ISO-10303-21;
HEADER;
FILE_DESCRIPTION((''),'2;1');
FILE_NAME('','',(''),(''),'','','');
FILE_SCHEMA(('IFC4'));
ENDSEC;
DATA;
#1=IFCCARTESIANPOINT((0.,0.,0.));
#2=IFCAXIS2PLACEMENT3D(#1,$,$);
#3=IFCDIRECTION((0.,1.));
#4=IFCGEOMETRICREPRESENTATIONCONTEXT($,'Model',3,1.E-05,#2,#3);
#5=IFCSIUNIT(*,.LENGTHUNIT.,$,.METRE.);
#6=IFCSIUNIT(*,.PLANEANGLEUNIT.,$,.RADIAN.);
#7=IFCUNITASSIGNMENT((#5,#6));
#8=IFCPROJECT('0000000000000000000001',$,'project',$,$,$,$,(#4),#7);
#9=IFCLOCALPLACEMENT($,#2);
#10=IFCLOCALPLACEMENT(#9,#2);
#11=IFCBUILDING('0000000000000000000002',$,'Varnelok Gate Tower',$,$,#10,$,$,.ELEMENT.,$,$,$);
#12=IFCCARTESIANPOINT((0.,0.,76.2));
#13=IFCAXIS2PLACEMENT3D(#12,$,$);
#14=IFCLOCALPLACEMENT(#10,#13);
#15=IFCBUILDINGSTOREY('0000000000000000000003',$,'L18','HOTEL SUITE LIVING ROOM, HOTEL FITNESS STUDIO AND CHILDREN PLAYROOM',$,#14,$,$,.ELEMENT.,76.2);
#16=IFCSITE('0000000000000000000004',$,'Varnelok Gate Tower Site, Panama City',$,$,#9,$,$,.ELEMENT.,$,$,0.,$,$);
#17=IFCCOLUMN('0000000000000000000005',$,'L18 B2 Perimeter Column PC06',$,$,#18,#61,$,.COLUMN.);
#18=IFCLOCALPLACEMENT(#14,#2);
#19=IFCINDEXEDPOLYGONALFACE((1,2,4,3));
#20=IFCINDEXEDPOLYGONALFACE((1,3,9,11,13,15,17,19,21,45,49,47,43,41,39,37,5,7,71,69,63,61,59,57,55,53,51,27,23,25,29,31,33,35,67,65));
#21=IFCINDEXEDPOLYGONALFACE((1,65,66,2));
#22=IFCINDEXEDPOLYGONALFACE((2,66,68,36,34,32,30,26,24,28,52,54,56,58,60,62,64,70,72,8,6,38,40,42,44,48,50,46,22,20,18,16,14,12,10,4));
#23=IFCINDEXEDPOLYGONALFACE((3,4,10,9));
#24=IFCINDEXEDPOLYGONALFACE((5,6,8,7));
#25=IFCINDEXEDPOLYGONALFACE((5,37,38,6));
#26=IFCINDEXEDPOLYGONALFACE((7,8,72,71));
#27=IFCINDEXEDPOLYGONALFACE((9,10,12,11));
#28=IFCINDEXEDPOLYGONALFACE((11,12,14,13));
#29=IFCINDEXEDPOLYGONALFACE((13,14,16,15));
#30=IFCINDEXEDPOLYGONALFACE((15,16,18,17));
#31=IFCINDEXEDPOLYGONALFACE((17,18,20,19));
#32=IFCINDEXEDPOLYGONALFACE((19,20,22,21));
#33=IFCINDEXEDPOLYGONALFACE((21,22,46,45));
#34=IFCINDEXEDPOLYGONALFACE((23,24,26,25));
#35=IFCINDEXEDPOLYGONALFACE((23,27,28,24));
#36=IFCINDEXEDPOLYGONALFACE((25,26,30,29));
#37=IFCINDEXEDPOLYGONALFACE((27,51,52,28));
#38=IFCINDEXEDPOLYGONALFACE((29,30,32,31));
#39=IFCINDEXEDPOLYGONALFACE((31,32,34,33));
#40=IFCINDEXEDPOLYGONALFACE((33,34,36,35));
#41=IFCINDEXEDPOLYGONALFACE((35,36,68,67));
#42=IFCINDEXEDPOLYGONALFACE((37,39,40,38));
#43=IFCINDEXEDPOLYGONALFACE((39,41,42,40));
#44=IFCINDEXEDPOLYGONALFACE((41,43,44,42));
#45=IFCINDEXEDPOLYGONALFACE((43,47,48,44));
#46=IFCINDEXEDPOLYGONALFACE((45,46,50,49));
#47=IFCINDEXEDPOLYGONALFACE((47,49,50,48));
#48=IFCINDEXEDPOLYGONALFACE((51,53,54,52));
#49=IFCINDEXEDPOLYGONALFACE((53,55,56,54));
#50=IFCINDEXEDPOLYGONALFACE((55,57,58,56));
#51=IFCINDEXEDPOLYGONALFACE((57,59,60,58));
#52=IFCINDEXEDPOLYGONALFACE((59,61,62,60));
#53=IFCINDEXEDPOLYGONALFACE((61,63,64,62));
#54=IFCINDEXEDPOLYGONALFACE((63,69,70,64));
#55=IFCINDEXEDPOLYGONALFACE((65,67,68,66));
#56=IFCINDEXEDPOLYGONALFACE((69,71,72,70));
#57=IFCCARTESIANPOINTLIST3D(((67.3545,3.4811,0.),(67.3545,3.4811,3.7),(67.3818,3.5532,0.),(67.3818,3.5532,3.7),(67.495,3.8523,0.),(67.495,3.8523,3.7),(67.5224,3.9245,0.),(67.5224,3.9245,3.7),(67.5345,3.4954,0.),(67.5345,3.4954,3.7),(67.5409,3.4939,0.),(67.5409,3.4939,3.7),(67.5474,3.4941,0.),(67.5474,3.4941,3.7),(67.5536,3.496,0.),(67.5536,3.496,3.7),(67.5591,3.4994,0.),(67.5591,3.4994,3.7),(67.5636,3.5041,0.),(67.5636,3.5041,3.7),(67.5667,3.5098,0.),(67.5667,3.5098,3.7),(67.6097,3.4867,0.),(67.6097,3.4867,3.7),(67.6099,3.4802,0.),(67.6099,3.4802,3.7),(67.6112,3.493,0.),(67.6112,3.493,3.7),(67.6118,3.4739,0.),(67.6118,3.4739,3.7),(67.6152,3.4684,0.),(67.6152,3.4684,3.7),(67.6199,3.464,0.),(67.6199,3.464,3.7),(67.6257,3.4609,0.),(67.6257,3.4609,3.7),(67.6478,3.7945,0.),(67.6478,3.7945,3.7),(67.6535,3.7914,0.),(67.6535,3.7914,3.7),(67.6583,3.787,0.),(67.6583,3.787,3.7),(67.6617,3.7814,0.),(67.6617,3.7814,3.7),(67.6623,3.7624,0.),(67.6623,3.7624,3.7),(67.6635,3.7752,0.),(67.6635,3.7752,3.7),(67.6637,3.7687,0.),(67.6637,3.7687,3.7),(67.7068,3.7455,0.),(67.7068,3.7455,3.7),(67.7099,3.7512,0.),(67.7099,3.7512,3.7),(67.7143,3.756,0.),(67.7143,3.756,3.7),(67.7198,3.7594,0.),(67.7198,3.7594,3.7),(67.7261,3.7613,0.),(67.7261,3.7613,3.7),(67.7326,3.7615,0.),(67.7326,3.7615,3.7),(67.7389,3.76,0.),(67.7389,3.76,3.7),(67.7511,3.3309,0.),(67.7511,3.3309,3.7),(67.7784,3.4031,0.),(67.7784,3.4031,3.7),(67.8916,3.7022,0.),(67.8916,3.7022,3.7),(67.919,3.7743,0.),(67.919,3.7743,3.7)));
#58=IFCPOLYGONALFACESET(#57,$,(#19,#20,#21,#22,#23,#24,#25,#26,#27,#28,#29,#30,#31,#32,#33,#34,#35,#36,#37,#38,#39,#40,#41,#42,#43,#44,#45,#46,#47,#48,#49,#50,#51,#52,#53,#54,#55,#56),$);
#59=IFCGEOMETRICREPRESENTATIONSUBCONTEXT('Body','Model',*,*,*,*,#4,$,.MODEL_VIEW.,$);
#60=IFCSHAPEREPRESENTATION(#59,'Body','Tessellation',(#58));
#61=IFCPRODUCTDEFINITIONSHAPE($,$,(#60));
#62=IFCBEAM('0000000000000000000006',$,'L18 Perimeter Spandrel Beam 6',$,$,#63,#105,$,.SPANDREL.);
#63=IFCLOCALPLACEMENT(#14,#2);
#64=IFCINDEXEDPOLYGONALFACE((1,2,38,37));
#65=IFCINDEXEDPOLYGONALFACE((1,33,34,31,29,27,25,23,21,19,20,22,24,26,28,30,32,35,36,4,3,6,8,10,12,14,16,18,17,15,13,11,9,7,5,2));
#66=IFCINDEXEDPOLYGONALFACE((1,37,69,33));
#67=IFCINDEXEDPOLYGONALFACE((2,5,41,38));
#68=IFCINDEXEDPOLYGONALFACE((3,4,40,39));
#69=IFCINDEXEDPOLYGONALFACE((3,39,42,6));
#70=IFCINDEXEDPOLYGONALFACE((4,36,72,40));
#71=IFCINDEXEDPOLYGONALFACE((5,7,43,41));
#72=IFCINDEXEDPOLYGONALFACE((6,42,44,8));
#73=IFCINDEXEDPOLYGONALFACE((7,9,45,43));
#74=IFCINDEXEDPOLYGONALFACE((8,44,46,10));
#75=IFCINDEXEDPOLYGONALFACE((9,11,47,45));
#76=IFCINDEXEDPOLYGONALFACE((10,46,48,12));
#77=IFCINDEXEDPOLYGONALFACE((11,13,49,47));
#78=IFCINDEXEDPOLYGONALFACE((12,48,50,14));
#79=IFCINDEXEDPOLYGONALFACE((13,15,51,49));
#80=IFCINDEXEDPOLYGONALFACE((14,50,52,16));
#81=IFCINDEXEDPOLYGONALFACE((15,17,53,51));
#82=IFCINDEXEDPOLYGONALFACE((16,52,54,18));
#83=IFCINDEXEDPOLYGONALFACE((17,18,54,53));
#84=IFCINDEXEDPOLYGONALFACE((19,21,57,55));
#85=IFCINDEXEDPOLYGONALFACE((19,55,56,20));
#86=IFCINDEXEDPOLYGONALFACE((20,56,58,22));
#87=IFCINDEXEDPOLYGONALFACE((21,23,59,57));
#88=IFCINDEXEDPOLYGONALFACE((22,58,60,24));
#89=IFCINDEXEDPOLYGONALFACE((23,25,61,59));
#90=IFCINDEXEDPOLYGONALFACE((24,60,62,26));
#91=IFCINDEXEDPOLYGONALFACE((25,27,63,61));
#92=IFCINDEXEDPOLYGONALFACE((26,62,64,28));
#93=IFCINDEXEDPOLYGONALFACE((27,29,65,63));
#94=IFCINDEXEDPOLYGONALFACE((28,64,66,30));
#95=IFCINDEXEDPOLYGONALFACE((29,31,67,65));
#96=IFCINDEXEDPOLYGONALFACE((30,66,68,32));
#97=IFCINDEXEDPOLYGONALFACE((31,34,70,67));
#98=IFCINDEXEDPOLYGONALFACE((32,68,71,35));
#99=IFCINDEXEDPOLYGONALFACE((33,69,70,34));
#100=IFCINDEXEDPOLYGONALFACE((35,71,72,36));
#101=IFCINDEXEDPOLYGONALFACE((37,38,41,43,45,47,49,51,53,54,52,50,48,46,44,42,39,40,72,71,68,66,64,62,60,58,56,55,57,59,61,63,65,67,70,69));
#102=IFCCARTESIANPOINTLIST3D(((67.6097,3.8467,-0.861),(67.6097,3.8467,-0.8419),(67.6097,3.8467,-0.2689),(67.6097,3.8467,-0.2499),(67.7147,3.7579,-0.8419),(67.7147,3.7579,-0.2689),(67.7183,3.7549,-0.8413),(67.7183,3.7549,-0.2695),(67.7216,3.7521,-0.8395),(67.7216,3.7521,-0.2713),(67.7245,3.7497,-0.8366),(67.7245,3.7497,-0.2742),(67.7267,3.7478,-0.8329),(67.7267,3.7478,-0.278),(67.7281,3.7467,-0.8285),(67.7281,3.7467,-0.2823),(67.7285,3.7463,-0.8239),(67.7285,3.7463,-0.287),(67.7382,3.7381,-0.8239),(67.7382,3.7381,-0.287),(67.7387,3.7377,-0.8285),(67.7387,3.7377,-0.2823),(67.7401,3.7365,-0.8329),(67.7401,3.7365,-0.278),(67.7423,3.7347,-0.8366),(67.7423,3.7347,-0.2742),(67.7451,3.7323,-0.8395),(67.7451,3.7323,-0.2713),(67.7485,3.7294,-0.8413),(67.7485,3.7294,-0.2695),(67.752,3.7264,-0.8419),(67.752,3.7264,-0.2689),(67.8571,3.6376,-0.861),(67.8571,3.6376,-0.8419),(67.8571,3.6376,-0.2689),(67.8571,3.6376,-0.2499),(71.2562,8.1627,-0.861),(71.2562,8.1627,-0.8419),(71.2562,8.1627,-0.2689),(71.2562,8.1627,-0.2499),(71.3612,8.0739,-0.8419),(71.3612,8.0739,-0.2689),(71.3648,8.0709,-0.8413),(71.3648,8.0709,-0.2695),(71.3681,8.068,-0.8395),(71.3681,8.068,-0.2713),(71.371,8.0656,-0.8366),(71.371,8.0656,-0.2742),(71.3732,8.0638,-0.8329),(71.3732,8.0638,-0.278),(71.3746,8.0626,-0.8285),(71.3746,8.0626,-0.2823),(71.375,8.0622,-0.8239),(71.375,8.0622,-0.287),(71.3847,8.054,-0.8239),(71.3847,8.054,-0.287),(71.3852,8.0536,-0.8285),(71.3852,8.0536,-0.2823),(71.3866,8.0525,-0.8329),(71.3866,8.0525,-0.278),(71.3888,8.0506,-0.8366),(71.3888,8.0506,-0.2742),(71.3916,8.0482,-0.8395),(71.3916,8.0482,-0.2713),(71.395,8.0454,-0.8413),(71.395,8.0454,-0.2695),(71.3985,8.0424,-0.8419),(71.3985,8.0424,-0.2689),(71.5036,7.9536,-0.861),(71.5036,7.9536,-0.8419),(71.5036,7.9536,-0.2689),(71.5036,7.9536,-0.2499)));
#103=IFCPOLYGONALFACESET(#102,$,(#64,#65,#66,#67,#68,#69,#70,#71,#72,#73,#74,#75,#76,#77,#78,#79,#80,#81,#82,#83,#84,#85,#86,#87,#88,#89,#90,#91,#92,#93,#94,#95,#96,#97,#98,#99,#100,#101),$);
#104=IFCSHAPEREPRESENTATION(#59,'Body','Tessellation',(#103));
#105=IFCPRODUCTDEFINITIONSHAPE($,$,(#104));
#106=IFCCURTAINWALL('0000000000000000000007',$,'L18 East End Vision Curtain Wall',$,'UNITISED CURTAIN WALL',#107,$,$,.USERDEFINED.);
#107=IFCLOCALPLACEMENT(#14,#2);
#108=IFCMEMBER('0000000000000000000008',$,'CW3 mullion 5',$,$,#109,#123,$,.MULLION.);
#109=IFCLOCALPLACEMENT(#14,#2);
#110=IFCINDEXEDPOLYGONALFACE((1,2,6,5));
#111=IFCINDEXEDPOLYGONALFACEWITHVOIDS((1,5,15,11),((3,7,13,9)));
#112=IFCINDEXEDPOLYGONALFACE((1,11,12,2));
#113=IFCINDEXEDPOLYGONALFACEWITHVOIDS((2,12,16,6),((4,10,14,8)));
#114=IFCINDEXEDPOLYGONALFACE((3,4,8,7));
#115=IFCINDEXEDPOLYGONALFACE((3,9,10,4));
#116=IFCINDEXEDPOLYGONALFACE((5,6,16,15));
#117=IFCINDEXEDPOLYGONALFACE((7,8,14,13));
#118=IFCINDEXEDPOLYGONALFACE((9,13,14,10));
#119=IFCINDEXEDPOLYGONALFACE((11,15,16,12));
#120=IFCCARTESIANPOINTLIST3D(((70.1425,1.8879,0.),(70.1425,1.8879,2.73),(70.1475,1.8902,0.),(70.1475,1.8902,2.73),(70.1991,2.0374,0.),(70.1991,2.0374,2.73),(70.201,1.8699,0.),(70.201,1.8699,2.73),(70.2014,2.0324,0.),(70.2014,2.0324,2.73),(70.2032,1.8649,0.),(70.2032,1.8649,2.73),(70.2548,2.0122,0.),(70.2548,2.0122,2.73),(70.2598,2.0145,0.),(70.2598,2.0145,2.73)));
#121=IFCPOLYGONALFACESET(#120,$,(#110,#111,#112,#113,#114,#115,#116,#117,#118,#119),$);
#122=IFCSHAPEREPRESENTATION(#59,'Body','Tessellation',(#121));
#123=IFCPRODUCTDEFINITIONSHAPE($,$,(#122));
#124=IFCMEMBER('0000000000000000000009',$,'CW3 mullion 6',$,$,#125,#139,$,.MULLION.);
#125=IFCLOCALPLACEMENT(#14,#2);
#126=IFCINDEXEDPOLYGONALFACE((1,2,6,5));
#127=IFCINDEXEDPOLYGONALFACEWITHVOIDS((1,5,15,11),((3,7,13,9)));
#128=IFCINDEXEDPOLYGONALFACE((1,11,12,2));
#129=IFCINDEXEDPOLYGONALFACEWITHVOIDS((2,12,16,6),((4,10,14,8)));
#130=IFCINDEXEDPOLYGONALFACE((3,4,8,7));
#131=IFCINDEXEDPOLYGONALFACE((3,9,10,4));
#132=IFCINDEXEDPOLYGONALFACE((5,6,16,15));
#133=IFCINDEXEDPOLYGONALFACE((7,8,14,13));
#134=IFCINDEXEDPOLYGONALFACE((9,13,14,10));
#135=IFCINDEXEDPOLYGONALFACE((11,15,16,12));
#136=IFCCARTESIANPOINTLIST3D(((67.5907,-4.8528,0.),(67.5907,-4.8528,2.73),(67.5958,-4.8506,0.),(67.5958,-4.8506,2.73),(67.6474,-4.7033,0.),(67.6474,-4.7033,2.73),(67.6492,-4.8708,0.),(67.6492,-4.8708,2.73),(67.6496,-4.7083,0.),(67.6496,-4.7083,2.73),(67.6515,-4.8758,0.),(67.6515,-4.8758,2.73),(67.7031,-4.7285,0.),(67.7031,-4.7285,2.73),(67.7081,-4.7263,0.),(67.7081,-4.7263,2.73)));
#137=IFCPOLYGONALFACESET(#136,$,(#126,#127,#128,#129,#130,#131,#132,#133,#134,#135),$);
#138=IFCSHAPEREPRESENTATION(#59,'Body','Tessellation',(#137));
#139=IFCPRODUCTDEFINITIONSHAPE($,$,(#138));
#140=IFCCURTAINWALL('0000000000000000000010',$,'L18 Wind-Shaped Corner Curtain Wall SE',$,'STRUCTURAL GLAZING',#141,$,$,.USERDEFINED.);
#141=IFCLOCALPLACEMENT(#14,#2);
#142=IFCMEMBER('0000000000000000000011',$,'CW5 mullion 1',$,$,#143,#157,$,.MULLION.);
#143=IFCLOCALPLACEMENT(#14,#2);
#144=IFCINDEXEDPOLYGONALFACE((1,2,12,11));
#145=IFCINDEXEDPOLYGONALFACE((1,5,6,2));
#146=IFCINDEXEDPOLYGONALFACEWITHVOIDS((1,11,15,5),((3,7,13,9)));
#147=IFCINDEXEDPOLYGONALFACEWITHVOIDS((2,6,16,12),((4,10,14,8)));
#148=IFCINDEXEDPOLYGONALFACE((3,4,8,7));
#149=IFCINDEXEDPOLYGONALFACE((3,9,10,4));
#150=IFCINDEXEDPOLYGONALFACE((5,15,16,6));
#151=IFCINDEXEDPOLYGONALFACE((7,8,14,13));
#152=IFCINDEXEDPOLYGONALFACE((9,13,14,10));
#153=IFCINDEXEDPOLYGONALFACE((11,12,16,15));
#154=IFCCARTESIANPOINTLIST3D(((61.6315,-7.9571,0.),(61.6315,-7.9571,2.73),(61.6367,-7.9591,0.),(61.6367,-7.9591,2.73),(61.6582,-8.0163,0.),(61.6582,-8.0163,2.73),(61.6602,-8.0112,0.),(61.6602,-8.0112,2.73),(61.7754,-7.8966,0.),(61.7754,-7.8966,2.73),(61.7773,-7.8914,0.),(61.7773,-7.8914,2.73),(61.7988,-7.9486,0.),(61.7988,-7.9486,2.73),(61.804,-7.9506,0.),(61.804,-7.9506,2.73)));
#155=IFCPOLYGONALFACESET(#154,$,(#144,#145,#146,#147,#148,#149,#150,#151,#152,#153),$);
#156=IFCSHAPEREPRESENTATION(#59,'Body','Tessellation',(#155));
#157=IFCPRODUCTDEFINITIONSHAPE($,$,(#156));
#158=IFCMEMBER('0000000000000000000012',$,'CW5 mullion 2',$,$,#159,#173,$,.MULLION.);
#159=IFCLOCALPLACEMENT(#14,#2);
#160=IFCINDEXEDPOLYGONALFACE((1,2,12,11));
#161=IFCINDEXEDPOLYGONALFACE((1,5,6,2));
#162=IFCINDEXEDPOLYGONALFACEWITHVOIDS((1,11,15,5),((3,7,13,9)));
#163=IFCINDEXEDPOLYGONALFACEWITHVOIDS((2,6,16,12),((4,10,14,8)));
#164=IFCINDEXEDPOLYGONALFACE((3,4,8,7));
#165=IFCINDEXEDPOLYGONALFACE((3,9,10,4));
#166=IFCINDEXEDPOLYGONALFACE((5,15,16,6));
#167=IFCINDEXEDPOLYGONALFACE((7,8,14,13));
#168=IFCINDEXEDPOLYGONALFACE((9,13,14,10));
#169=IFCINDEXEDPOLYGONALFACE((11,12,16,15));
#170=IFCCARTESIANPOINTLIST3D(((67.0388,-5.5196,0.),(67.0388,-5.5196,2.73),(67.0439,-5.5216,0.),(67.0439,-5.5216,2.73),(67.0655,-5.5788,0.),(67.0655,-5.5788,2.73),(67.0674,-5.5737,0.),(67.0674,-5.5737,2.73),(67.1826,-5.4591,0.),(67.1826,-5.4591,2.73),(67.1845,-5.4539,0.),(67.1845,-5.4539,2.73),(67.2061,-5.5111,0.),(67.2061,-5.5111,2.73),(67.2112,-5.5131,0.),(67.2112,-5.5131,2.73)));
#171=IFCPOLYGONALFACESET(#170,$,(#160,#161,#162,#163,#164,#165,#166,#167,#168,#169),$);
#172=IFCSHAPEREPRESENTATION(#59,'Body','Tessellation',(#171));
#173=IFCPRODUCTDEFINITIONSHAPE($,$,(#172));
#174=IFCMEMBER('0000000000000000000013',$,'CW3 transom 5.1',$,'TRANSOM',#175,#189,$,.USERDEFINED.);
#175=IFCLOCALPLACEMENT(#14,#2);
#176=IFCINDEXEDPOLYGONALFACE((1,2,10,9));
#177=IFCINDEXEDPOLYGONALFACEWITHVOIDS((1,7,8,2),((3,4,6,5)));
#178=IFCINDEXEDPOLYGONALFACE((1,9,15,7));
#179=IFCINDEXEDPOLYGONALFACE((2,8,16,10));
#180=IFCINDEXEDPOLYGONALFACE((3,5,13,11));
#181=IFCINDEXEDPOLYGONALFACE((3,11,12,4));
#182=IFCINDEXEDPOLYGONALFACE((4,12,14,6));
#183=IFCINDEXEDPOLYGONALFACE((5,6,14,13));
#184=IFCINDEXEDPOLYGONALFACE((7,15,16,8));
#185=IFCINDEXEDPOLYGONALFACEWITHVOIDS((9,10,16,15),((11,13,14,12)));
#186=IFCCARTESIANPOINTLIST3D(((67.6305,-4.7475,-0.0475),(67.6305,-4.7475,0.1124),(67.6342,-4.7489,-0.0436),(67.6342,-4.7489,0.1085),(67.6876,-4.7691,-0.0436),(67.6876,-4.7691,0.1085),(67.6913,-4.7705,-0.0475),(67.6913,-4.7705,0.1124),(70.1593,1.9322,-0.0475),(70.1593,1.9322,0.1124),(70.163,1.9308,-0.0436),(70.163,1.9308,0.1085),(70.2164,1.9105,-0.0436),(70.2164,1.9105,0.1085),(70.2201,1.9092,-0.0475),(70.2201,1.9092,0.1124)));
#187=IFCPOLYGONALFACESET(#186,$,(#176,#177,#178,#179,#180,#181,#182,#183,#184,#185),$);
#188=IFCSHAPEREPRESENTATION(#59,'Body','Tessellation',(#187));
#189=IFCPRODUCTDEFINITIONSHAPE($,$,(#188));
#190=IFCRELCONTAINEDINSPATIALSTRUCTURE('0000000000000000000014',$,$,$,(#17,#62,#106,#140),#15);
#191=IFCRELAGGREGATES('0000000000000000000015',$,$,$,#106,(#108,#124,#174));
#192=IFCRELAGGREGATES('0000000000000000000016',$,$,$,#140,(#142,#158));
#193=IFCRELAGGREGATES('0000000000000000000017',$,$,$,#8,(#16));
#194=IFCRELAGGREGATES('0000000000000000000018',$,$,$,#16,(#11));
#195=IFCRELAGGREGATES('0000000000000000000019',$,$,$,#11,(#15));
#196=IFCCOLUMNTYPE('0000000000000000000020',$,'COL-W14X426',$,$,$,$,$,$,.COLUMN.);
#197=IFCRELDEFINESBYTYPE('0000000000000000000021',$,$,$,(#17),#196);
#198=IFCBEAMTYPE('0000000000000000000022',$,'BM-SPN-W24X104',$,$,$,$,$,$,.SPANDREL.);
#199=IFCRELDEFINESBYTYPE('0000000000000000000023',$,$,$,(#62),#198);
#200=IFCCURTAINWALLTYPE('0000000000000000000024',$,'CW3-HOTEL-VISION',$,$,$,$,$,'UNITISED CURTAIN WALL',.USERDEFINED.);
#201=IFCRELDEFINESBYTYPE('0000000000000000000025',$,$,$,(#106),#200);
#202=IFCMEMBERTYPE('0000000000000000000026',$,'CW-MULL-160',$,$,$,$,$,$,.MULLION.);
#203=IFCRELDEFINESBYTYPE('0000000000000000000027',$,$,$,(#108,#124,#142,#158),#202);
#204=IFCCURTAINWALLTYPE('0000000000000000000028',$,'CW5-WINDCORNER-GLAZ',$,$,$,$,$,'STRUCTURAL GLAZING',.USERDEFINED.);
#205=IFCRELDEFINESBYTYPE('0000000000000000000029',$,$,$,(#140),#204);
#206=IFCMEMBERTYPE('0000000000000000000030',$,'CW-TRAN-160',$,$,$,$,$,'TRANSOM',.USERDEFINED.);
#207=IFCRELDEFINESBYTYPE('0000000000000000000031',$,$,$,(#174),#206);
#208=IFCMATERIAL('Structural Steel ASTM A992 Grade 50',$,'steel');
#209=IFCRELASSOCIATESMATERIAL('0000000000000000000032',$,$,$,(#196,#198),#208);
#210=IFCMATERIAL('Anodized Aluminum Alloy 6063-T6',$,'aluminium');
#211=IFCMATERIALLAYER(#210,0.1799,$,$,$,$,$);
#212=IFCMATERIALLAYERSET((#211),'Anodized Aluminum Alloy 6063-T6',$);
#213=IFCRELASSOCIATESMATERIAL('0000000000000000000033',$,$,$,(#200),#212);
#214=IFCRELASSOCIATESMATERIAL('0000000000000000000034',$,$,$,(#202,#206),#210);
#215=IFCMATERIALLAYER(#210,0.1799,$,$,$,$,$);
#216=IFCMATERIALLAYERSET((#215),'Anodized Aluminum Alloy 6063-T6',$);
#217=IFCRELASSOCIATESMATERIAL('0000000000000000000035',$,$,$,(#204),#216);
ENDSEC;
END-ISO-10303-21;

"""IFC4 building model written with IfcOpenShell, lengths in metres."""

from ifc_helpers import new_model, si_unit, direction, frame, origin, origin_2d, place, context, subcontext, project, spatial, hollow_rectangle, i_section, extrude, material, layer, layer_set, material_profile, profile_set, type_object, element, aggregate, save


model = new_model("IFC4")

# Units and contexts
model_context = context("Model", 3, precision=1e-05, world=origin(), true_north=direction((0.0, 1.0)))
body_context = subcontext(model_context, "Body", "Model", "MODEL_VIEW")
ifc_project = project(units=[si_unit("LENGTHUNIT", "METRE"), si_unit("PLANEANGLEUNIT", "RADIAN")], contexts=[model_context])

# Site, building, storey
site_placement = place(None, origin())
site = spatial("IfcSite", under=ifc_project, at=site_placement, Name="Varnelok Gate Tower Site, Panama City", CompositionType="ELEMENT", RefElevation=0.0)
building_placement = place(site_placement, origin())
building = spatial("IfcBuilding", under=site, at=building_placement, Name="Varnelok Gate Tower", CompositionType="ELEMENT")
storey_placement = place(building_placement, frame((0.0, 0.0, 76.2)))
storey = spatial("IfcBuildingStorey", under=building, at=storey_placement, Name="L18", Description="HOTEL SUITE LIVING ROOM, HOTEL FITNESS STUDIO AND CHILDREN PLAYROOM", CompositionType="ELEMENT", Elevation=76.2)

# Column
ifc_material_1 = material(Name="Structural Steel ASTM A992 Grade 50", Category="steel")
ifc_material_profile_1 = material_profile(ifc_material_1, i_section(OverallWidth=0.4241, OverallDepth=0.4741, WebThickness=0.0476, FlangeThickness=0.0771, FilletRadius=0.0249, at=origin_2d()), Name="W14X426")
ifc_profile_set_1 = profile_set([ifc_material_profile_1], Name="Structural Steel ASTM A992 Grade 50")
column_type = type_object("IfcColumnType", Name="COL-W14X426", PredefinedType="COLUMN", material=ifc_profile_set_1)
column_placement = place(storey_placement, frame((67.6367, 3.6277, 0.0), z_axis=(0.0, 0.0, 1.0), x_axis=(0.935222, -0.354063, 0.0)))
element("IfcColumn", 1, at=column_placement, inside=storey, type_object=column_type, Name="L18 B2 Perimeter Column PC06", PredefinedType="COLUMN", context=body_context, shape_type="SweptSolid", body=[
    extrude(i_section(OverallWidth=0.4241, OverallDepth=0.4741, WebThickness=0.0476, FlangeThickness=0.0771, FilletRadius=0.0249, at=origin_2d()), origin(), (0.0, 0.0, 1.0), 3.7),
])

# Beam
ifc_material_profile_2 = material_profile(ifc_material_1, i_section(OverallWidth=0.324, OverallDepth=0.6111, WebThickness=0.0127, FlangeThickness=0.019, FilletRadius=0.0181, at=origin_2d()), Name="W24X104")
ifc_profile_set_2 = profile_set([ifc_material_profile_2], Name="Structural Steel ASTM A992 Grade 50")
beam_type = type_object("IfcBeamType", Name="BM-SPN-W24X104", PredefinedType="SPANDREL", material=ifc_profile_set_2)
beam_placement = place(storey_placement, frame((67.7334, 3.7422, -0.5554), z_axis=(0.64538, 0.763861, 0.0), x_axis=(-0.763861, 0.64538, 0.0)))
element("IfcBeam", 2, at=beam_placement, inside=storey, type_object=beam_type, Name="L18 Perimeter Spandrel Beam 6", PredefinedType="SPANDREL", context=body_context, shape_type="SweptSolid", body=[
    extrude(i_section(OverallWidth=0.324, OverallDepth=0.6111, WebThickness=0.0127, FlangeThickness=0.019, FilletRadius=0.0181, at=origin_2d()), origin(), (0.0, 0.0, 1.0), 5.6501),
])

# Curtain walls, members
ifc_material_2 = material(Name="Anodized Aluminum Alloy 6063-T6", Category="aluminium")
ifc_layer_1 = layer(ifc_material_2, 0.1799)
ifc_layer_set_1 = layer_set([ifc_layer_1], Name="Anodized Aluminum Alloy 6063-T6")
curtain_wall_type_1 = type_object("IfcCurtainWallType", Name="CW3-HOTEL-VISION", ElementType="UNITISED CURTAIN WALL", PredefinedType="USERDEFINED", material=ifc_layer_set_1)
curtain_wall_1_placement = place(storey_placement, origin())
curtain_wall_1 = element("IfcCurtainWall", 3, at=curtain_wall_1_placement, inside=storey, type_object=curtain_wall_type_1, Name="L18 East End Vision Curtain Wall", ObjectType="UNITISED CURTAIN WALL", PredefinedType="USERDEFINED")
ifc_material_profile_3 = material_profile(ifc_material_2, hollow_rectangle(XDim=0.0649, YDim=0.1599, WallThickness=0.0039, at=origin_2d()), Name="ALU160X65X4")
ifc_profile_set_3 = profile_set([ifc_material_profile_3], Name="Anodized Aluminum Alloy 6063-T6")
member_type_1 = type_object("IfcMemberType", Name="CW-MULL-160", PredefinedType="MULLION", material=ifc_profile_set_3)
member_1_placement = place(storey_placement, frame((70.2012, 1.9512, 0.0), z_axis=(0.0, 0.0, 1.0), x_axis=(0.935221, -0.354064, 0.0)))
member_1 = element("IfcMember", 4, at=member_1_placement, type_object=member_type_1, Name="CW3 mullion 5", PredefinedType="MULLION", context=body_context, shape_type="SweptSolid", body=[
    extrude(hollow_rectangle(XDim=0.0649, YDim=0.1599, WallThickness=0.0039, at=origin_2d()), origin(), (0.0, 0.0, 1.0), 2.73),
])
member_2_placement = place(storey_placement, frame((67.6494, -4.7896, 0.0), z_axis=(0.0, 0.0, 1.0), x_axis=(0.935221, -0.354064, 0.0)))
member_2 = element("IfcMember", 5, at=member_2_placement, type_object=member_type_1, Name="CW3 mullion 6", PredefinedType="MULLION", context=body_context, shape_type="SweptSolid", body=[
    extrude(hollow_rectangle(XDim=0.0649, YDim=0.1599, WallThickness=0.0039, at=origin_2d()), origin(), (0.0, 0.0, 1.0), 2.73),
])
ifc_layer_2 = layer(ifc_material_2, 0.1799)
ifc_layer_set_2 = layer_set([ifc_layer_2], Name="Anodized Aluminum Alloy 6063-T6")
curtain_wall_type_2 = type_object("IfcCurtainWallType", Name="CW5-WINDCORNER-GLAZ", ElementType="STRUCTURAL GLAZING", PredefinedType="USERDEFINED", material=ifc_layer_set_2)
curtain_wall_2_placement = place(storey_placement, origin())
curtain_wall_2 = element("IfcCurtainWall", 6, at=curtain_wall_2_placement, inside=storey, type_object=curtain_wall_type_2, Name="L18 Wind-Shaped Corner Curtain Wall SE", ObjectType="STRUCTURAL GLAZING", PredefinedType="USERDEFINED")
member_3_placement = place(storey_placement, frame((61.7178, -7.9539, 0.0), z_axis=(0.0, 0.0, 1.0), x_axis=(-0.410944, 0.911661, 0.0)))
member_3 = element("IfcMember", 7, at=member_3_placement, type_object=member_type_1, Name="CW5 mullion 1", PredefinedType="MULLION", context=body_context, shape_type="SweptSolid", body=[
    extrude(hollow_rectangle(XDim=0.0649, YDim=0.1599, WallThickness=0.0039, at=origin_2d()), origin(), (0.0, 0.0, 1.0), 2.73),
])
member_4_placement = place(storey_placement, frame((67.125, -5.5164, 0.0), z_axis=(0.0, 0.0, 1.0), x_axis=(-0.410944, 0.911661, 0.0)))
member_4 = element("IfcMember", 8, at=member_4_placement, type_object=member_type_1, Name="CW5 mullion 2", PredefinedType="MULLION", context=body_context, shape_type="SweptSolid", body=[
    extrude(hollow_rectangle(XDim=0.0649, YDim=0.1599, WallThickness=0.0039, at=origin_2d()), origin(), (0.0, 0.0, 1.0), 2.73),
])

# Member
ifc_material_profile_4 = material_profile(ifc_material_2, hollow_rectangle(XDim=0.0649, YDim=0.1599, WallThickness=0.0039, at=origin_2d()), Name="ALU160X65X4")
ifc_profile_set_4 = profile_set([ifc_material_profile_4], Name="Anodized Aluminum Alloy 6063-T6")
member_type_2 = type_object("IfcMemberType", Name="CW-TRAN-160", ElementType="TRANSOM", PredefinedType="USERDEFINED", material=ifc_profile_set_4)
member_5_placement = place(storey_placement, frame((70.1897, 1.9207, 0.0325), z_axis=(-0.354059, -0.935223, 0.0), x_axis=(0.935223, -0.354059, 0.0)))
member_5 = element("IfcMember", 9, at=member_5_placement, type_object=member_type_2, Name="CW3 transom 5.1", ObjectType="TRANSOM", PredefinedType="USERDEFINED", context=body_context, shape_type="SweptSolid", body=[
    extrude(hollow_rectangle(XDim=0.0649, YDim=0.1599, WallThickness=0.0039, at=origin_2d()), origin(), (0.0, 0.0, 1.0), 7.1423),
])

aggregate(curtain_wall_1, [member_1, member_2, member_5])
aggregate(curtain_wall_2, [member_3, member_4])

save(model, "model.ifc")
